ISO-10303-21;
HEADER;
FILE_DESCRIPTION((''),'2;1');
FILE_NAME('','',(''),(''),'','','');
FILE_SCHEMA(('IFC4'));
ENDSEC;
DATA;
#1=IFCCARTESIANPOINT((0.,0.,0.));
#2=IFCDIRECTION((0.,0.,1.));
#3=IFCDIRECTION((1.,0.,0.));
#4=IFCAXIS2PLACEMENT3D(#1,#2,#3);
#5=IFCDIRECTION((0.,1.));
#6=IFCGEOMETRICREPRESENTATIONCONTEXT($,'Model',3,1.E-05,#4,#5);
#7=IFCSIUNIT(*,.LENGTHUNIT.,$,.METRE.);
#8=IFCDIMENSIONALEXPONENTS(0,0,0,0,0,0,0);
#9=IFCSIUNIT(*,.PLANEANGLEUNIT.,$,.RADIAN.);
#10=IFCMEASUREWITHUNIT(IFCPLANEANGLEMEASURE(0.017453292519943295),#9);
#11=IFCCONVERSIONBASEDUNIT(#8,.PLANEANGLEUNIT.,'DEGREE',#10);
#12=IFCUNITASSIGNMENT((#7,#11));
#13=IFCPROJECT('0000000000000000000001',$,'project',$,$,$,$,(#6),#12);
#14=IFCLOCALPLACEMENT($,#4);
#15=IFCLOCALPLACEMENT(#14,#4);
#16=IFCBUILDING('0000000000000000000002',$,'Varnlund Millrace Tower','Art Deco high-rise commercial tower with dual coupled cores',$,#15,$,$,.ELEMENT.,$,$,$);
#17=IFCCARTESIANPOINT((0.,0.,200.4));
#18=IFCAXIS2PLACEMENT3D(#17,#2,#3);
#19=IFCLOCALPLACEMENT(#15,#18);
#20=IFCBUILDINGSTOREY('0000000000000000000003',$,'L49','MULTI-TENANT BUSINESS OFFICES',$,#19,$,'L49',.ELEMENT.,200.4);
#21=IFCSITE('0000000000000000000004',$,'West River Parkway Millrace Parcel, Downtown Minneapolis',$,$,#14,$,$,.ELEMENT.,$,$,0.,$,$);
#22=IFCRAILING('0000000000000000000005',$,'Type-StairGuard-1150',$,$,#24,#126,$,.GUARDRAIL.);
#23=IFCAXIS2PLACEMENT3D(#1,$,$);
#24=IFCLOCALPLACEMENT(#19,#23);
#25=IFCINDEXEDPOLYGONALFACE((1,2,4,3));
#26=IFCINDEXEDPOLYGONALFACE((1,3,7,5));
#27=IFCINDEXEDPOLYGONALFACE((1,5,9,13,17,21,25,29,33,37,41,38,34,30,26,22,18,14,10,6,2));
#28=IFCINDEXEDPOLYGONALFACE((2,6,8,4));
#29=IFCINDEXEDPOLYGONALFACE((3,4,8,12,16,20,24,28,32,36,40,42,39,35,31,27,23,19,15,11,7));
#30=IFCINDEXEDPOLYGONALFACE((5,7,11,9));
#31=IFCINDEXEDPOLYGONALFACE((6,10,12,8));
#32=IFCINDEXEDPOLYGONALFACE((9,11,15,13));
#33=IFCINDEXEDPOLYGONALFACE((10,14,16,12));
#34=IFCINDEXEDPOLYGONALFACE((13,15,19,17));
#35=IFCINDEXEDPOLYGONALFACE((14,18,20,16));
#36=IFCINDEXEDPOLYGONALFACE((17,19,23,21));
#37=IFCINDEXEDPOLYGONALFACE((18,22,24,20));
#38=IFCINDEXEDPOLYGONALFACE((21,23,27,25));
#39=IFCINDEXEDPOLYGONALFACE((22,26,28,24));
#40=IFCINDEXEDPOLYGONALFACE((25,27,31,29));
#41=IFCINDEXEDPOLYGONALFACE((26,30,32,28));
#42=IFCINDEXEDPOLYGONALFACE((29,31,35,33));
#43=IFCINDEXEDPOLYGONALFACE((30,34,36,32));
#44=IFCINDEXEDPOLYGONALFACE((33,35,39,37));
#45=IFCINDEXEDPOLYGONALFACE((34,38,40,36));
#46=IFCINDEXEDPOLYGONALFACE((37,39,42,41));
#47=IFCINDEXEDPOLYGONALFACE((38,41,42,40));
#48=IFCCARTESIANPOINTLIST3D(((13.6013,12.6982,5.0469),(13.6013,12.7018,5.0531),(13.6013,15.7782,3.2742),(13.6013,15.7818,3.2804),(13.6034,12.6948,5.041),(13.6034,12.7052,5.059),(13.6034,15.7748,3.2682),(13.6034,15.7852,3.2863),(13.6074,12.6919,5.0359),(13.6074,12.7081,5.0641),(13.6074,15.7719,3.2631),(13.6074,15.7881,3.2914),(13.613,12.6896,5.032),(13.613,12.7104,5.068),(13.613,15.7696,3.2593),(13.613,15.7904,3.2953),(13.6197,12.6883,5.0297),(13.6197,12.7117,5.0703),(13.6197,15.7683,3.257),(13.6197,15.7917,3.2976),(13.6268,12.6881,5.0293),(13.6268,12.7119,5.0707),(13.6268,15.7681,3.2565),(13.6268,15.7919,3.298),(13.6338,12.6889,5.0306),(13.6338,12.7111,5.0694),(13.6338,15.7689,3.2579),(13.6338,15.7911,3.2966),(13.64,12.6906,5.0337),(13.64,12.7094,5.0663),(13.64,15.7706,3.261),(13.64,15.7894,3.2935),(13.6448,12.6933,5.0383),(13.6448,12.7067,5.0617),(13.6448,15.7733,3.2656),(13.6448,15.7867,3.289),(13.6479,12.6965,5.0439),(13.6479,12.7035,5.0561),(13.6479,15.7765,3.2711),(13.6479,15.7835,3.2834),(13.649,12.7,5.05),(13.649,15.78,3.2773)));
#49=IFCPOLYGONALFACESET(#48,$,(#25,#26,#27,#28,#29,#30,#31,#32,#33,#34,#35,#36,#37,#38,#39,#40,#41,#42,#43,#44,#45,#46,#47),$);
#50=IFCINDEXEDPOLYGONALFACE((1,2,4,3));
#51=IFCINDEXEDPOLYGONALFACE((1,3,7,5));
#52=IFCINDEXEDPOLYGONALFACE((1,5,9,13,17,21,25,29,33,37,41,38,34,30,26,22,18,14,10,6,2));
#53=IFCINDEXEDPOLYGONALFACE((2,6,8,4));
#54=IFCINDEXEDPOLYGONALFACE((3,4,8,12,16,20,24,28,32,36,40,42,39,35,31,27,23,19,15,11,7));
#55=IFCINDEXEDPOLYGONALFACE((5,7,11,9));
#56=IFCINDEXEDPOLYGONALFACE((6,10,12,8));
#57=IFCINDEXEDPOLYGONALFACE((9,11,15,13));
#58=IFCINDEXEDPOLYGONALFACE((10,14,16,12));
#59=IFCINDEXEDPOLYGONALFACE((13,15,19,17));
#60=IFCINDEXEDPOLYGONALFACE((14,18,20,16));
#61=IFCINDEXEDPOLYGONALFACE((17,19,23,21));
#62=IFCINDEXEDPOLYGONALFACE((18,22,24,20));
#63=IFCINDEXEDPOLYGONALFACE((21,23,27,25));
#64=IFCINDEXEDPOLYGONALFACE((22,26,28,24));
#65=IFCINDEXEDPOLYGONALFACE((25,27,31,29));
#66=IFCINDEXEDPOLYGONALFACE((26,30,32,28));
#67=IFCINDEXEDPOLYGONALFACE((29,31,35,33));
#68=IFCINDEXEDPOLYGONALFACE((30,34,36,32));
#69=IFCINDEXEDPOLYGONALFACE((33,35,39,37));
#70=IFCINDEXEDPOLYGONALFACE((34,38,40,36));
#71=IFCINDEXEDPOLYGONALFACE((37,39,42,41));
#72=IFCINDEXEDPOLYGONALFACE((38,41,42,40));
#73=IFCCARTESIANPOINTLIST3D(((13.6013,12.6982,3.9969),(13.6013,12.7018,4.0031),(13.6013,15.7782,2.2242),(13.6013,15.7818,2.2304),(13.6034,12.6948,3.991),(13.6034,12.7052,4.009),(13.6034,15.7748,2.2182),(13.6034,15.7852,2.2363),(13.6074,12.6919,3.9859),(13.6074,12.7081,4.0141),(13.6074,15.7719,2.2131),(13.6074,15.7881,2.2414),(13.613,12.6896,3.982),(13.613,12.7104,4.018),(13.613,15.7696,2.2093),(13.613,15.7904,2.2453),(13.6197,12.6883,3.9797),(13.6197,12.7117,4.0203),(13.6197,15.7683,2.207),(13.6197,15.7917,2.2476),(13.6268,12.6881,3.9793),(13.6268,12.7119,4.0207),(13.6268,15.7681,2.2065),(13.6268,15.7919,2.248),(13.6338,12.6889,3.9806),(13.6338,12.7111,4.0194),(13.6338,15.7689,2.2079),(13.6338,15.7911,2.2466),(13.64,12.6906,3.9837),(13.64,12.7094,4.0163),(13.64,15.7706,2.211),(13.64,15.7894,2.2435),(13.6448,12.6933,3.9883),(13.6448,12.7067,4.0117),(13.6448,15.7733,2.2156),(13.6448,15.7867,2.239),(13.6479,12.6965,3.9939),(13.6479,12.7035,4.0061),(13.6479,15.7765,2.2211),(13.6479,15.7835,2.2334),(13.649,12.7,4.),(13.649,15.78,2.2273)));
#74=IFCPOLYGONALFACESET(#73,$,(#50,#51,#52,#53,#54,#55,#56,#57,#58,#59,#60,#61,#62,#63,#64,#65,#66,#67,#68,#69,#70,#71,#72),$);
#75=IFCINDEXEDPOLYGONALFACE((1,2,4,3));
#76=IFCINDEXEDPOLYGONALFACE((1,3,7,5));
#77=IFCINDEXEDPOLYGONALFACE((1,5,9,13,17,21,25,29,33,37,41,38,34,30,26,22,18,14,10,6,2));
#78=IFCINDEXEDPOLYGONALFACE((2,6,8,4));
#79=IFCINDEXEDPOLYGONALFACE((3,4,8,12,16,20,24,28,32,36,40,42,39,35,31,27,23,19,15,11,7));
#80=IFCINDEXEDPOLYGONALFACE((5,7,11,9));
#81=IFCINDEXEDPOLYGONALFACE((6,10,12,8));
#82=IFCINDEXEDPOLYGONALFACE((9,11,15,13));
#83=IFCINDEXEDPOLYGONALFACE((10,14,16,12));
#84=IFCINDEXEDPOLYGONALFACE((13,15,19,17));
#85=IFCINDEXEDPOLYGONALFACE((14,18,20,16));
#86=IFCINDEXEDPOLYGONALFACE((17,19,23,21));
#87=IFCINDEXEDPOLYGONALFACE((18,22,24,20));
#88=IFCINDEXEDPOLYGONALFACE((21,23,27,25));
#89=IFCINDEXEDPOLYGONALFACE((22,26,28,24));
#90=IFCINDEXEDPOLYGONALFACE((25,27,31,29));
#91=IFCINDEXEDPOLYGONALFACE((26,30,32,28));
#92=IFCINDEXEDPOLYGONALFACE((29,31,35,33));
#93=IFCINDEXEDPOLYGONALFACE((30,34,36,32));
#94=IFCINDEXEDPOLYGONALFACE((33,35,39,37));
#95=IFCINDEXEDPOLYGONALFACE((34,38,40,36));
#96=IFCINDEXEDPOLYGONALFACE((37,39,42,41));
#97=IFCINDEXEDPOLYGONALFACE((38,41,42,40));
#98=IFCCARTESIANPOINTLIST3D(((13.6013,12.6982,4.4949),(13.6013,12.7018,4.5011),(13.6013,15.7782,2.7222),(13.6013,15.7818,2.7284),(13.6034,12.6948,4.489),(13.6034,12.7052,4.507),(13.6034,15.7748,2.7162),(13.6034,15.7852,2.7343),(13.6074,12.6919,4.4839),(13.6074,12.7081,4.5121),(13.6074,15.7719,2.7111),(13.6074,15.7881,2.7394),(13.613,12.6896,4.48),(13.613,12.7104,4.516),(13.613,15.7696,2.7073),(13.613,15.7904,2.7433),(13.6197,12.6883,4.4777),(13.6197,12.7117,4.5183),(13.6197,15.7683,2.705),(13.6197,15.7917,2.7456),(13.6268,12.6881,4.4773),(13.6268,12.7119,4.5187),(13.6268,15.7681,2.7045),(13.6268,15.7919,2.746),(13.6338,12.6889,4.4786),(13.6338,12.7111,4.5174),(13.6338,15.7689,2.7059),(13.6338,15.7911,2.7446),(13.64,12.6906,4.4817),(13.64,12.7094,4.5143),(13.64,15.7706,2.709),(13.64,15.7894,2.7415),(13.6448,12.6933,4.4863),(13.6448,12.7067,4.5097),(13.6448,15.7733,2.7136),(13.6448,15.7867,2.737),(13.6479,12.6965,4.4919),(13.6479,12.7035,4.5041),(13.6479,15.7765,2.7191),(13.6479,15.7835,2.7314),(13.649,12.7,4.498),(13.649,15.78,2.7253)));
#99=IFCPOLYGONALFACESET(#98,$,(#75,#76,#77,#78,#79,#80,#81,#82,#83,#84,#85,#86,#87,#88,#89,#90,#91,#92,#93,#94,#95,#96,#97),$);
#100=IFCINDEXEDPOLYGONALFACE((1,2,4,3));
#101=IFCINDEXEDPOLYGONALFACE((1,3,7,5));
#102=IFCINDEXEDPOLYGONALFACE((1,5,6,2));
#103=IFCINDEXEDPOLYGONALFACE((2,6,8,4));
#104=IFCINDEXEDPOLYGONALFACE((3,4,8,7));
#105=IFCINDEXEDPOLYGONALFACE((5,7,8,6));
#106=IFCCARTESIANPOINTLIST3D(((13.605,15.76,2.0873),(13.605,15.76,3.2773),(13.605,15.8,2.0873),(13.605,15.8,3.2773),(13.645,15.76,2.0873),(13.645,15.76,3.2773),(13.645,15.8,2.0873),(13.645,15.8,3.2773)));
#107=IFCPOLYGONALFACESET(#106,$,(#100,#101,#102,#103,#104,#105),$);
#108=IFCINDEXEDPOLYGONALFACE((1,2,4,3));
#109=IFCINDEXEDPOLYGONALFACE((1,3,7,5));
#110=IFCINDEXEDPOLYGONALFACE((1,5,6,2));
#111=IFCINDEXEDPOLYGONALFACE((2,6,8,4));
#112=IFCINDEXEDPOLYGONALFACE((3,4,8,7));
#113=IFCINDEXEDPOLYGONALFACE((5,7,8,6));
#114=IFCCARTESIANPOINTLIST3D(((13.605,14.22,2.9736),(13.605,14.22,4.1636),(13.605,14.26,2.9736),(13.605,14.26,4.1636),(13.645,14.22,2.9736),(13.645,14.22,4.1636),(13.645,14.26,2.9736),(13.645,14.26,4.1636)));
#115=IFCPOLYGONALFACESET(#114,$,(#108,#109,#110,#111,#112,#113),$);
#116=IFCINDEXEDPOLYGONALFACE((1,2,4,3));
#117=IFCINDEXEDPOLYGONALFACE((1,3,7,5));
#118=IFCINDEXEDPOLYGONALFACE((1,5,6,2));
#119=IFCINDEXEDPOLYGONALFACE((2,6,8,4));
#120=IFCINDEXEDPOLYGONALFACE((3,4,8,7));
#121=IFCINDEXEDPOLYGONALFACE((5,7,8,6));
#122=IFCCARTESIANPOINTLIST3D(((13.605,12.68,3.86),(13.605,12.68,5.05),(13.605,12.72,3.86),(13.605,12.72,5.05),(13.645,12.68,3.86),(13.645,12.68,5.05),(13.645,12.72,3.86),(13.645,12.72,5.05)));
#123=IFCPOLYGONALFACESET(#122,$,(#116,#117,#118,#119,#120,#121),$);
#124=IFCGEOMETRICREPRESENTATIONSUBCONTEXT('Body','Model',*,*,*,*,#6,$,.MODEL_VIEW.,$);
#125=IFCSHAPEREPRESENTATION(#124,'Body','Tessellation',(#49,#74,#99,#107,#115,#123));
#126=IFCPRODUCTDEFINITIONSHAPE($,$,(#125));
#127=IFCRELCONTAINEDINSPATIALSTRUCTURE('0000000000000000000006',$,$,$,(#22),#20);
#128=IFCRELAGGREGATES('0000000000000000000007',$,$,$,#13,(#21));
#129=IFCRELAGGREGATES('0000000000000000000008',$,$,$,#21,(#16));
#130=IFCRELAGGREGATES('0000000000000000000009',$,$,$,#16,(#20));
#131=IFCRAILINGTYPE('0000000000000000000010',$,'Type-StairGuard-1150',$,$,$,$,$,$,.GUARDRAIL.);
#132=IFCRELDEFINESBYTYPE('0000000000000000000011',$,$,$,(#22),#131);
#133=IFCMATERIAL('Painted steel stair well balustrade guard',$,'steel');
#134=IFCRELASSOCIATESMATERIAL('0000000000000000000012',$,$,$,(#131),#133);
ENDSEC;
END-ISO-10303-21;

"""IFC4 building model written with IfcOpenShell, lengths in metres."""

from ifc_helpers import new_model, entity, si_unit, converted_unit, direction, frame, origin_with_axes, origin_2d_with_axis, place, context, subcontext, project, spatial, rectangle, circle, extrude, material, type_object, element, save


model = new_model("IFC4")

# Units and contexts
model_context = context("Model", 3, precision=1e-05, world=origin_with_axes(), true_north=direction((0.0, 1.0)))
body_context = subcontext(model_context, "Body", "Model", "MODEL_VIEW")
ifc_project = project(units=[si_unit("LENGTHUNIT", "METRE"), converted_unit("PLANEANGLEUNIT", "DEGREE", entity("IfcPlaneAngleMeasure", 0.017453292519943295), si_unit("PLANEANGLEUNIT", "RADIAN"), dimensions=[0, 0, 0, 0, 0, 0, 0])], contexts=[model_context])

# Site, building, storey
site_placement = place(None, origin_with_axes())
site = spatial("IfcSite", under=ifc_project, at=site_placement, Name="West River Parkway Millrace Parcel, Downtown Minneapolis", CompositionType="ELEMENT", RefElevation=0.0)
building_placement = place(site_placement, origin_with_axes())
building = spatial("IfcBuilding", under=site, at=building_placement, Name="Varnlund Millrace Tower", Description="Art Deco high-rise commercial tower with dual coupled cores", CompositionType="ELEMENT")
storey_placement = place(building_placement, frame((0.0, 0.0, 200.4), z_axis=(0.0, 0.0, 1.0), x_axis=(1.0, 0.0, 0.0)))
storey = spatial("IfcBuildingStorey", under=building, at=storey_placement, Name="L49", Description="MULTI-TENANT BUSINESS OFFICES", LongName="L49", CompositionType="ELEMENT", Elevation=200.4)

# Railing
ifc_material_1 = material(Name="Painted steel stair well balustrade guard", Category="steel")
railing_type_1 = type_object("IfcRailingType", Name="Type-StairGuard-1150", PredefinedType="GUARDRAIL", material=ifc_material_1)
railing_1_placement = place(storey_placement, frame((0.0, 0.0, -200.4), z_axis=(0.0, 0.0, 1.0), x_axis=(1.0, 0.0, 0.0)))
element("IfcRailing", 1, at=railing_1_placement, inside=storey, type_object=railing_type_1, Name="Type-StairGuard-1150", PredefinedType="GUARDRAIL", context=body_context, shape_type="SweptSolid", body=[
    extrude(circle(Radius=0.024, at=origin_2d_with_axis()), frame((13.625, 15.78, 203.6773), z_axis=(0.0, -0.866696, 0.498836), x_axis=(1.0, 0.0, 0.0)), (0.0, 0.0, 1.0), 3.5537),
    extrude(circle(Radius=0.024, at=origin_2d_with_axis()), frame((13.625, 15.78, 202.6273), z_axis=(0.0, -0.866696, 0.498836), x_axis=(1.0, 0.0, 0.0)), (0.0, 0.0, 1.0), 3.5537),
    extrude(circle(Radius=0.024, at=origin_2d_with_axis()), frame((13.625, 15.78, 203.1253), z_axis=(0.0, -0.866696, 0.498836), x_axis=(1.0, 0.0, 0.0)), (0.0, 0.0, 1.0), 3.5537),
    extrude(rectangle(XDim=0.04, YDim=0.04, at=origin_2d_with_axis()), frame((13.625, 15.78, 202.4873), z_axis=(0.0, 0.0, 1.0), x_axis=(1.0, 0.0, 0.0)), (0.0, 0.0, 1.0), 1.19),
    extrude(rectangle(XDim=0.04, YDim=0.04, at=origin_2d_with_axis()), frame((13.625, 14.24, 203.3736), z_axis=(0.0, 0.0, 1.0), x_axis=(1.0, 0.0, 0.0)), (0.0, 0.0, 1.0), 1.19),
    extrude(rectangle(XDim=0.04, YDim=0.04, at=origin_2d_with_axis()), frame((13.625, 12.7, 204.26), z_axis=(0.0, 0.0, 1.0), x_axis=(1.0, 0.0, 0.0)), (0.0, 0.0, 1.0), 1.19),
])

save(model, "model.ifc")
